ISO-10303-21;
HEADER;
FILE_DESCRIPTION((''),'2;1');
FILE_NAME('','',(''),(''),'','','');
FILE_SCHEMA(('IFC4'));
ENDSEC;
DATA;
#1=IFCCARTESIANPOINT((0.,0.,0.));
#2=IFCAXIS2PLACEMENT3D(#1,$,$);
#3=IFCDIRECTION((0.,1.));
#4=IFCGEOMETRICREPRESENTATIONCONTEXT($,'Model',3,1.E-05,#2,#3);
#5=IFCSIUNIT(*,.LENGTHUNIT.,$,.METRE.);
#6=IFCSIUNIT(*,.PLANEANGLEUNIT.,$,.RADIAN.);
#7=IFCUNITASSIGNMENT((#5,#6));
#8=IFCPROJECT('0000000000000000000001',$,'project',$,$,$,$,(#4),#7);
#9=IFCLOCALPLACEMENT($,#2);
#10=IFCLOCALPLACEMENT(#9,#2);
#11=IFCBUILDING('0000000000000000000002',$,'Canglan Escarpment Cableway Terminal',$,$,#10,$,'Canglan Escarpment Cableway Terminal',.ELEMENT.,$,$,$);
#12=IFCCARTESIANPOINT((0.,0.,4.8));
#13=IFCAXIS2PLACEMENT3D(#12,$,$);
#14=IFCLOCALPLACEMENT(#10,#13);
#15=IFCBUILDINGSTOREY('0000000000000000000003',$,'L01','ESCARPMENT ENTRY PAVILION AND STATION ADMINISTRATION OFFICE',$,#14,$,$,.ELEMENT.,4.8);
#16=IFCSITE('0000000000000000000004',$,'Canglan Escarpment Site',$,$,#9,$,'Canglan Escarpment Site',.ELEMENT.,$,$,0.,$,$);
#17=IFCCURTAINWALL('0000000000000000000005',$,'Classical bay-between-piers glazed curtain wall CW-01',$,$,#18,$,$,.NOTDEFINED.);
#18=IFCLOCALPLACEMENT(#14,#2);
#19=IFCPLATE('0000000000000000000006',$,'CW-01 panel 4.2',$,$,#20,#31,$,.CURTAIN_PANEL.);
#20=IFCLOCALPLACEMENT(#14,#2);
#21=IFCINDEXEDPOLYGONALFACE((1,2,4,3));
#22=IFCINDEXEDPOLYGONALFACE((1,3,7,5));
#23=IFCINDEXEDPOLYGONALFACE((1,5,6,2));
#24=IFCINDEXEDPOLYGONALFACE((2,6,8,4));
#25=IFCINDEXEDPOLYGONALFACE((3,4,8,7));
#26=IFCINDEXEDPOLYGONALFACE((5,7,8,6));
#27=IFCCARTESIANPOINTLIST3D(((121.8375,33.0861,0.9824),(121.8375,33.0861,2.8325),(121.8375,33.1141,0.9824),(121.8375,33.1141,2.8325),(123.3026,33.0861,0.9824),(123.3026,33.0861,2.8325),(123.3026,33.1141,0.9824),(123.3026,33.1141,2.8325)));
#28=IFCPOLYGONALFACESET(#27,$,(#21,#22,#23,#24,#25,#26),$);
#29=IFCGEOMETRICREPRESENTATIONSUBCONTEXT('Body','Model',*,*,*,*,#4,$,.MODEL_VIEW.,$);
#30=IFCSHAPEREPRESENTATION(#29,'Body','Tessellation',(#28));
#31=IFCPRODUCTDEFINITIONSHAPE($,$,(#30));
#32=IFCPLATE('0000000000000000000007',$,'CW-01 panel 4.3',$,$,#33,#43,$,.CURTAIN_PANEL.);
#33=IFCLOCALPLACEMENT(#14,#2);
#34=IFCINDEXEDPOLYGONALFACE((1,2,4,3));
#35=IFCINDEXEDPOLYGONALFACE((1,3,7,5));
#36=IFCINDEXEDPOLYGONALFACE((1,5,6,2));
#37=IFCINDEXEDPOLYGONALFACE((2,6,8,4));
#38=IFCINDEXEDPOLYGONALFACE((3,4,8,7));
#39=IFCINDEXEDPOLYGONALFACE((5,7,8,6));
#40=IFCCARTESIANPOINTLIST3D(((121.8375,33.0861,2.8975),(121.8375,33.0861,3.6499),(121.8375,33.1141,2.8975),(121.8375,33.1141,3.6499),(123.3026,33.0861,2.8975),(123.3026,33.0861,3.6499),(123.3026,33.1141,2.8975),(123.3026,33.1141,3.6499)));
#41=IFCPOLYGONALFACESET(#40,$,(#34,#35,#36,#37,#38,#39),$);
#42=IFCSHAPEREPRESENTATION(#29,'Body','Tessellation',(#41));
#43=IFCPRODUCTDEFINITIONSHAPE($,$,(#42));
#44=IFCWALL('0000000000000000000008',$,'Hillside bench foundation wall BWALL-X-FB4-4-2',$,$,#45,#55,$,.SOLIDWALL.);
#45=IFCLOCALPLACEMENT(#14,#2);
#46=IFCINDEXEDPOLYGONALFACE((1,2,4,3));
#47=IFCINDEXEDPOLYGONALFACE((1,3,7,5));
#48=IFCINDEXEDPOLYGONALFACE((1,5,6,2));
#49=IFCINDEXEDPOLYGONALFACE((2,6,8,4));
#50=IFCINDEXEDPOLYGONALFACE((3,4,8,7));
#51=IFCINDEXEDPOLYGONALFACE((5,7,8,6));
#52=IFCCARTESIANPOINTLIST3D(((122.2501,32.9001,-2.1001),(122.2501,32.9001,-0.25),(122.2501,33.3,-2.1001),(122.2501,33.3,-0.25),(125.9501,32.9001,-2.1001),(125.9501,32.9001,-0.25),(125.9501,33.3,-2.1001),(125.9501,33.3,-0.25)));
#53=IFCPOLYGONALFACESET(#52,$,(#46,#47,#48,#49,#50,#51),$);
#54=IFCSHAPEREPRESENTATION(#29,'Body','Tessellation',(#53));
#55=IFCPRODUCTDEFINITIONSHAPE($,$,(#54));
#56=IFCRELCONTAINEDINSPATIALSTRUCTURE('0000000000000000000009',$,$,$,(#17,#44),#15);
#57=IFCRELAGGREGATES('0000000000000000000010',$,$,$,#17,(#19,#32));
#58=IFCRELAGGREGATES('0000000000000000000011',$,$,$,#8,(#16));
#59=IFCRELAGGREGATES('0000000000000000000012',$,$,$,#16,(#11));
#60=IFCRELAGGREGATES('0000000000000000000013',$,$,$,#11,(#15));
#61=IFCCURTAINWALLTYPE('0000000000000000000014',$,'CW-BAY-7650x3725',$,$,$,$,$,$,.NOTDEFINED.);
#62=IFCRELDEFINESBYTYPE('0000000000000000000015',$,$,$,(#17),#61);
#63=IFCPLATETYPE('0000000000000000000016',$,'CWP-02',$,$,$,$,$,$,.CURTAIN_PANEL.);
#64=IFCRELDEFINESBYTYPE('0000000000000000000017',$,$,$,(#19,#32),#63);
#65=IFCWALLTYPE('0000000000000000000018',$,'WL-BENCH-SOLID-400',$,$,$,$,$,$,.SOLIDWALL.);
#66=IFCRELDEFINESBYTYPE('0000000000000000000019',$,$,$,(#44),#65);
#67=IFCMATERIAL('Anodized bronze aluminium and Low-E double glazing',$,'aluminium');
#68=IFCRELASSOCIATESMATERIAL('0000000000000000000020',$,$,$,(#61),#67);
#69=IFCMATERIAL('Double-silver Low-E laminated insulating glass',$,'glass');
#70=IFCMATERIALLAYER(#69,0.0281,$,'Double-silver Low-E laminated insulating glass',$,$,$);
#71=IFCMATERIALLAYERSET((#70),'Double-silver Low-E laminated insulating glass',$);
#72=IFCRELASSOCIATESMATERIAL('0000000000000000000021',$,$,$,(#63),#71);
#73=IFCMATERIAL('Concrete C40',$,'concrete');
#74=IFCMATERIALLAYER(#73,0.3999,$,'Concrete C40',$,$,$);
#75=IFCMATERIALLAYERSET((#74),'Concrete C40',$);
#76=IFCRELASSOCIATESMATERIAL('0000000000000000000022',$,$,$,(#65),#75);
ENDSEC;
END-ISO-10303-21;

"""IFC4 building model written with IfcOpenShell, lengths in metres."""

from ifc_helpers import new_model, si_unit, direction, frame, frame_2d, origin, origin_2d, place, context, subcontext, project, spatial, rectangle, extrude, material, layer, layer_set, type_object, element, aggregate, save


model = new_model("IFC4")

# Units and contexts
model_context = context("Model", 3, precision=1e-05, world=origin(), true_north=direction((0.0, 1.0)))
body_context = subcontext(model_context, "Body", "Model", "MODEL_VIEW")
ifc_project = project(units=[si_unit("LENGTHUNIT", "METRE"), si_unit("PLANEANGLEUNIT", "RADIAN")], contexts=[model_context])

# Site, building, storey
site_placement = place(None, origin())
site = spatial("IfcSite", under=ifc_project, at=site_placement, Name="Canglan Escarpment Site", LongName="Canglan Escarpment Site", CompositionType="ELEMENT", RefElevation=0.0)
building_placement = place(site_placement, origin())
building = spatial("IfcBuilding", under=site, at=building_placement, Name="Canglan Escarpment Cableway Terminal", LongName="Canglan Escarpment Cableway Terminal", CompositionType="ELEMENT")
storey_placement = place(building_placement, frame((0.0, 0.0, 4.8)))
storey = spatial("IfcBuildingStorey", under=building, at=storey_placement, Name="L01", Description="ESCARPMENT ENTRY PAVILION AND STATION ADMINISTRATION OFFICE", CompositionType="ELEMENT", Elevation=4.8)

# Shared definitions
ifc_material_1 = material(Name="Concrete C40", Category="concrete")

# Curtain wall, plates
ifc_material_2 = material(Name="Anodized bronze aluminium and Low-E double glazing", Category="aluminium")
curtain_wall_type = type_object("IfcCurtainWallType", Name="CW-BAY-7650x3725", PredefinedType="NOTDEFINED", material=ifc_material_2)
curtain_wall_placement = place(storey_placement, origin())
curtain_wall = element("IfcCurtainWall", 1, at=curtain_wall_placement, inside=storey, type_object=curtain_wall_type, Name="Classical bay-between-piers glazed curtain wall CW-01", PredefinedType="NOTDEFINED")
ifc_material_3 = material(Name="Double-silver Low-E laminated insulating glass", Category="glass")
ifc_layer_1 = layer(ifc_material_3, 0.0281, Name="Double-silver Low-E laminated insulating glass")
ifc_layer_set_1 = layer_set([ifc_layer_1], Name="Double-silver Low-E laminated insulating glass")
plate_type = type_object("IfcPlateType", Name="CWP-02", PredefinedType="CURTAIN_PANEL", material=ifc_layer_set_1)
plate_1_placement = place(storey_placement, frame((122.5701, 33.1001, 0.9824), z_axis=(0.0, 0.0, 1.0), x_axis=(-1.0, 0.0, 0.0)))
plate_1 = element("IfcPlate", 2, at=plate_1_placement, type_object=plate_type, Name="CW-01 panel 4.2", PredefinedType="CURTAIN_PANEL", context=body_context, shape_type="SweptSolid", body=[
    extrude(rectangle(XDim=1.4651, YDim=0.0281, at=origin_2d()), origin(), (0.0, 0.0, 1.0), 1.8501),
])
plate_2_placement = place(storey_placement, frame((122.5701, 33.1001, 2.8975), z_axis=(0.0, 0.0, 1.0), x_axis=(-1.0, 0.0, 0.0)))
plate_2 = element("IfcPlate", 3, at=plate_2_placement, type_object=plate_type, Name="CW-01 panel 4.3", PredefinedType="CURTAIN_PANEL", context=body_context, shape_type="SweptSolid", body=[
    extrude(rectangle(XDim=1.4651, YDim=0.0281, at=origin_2d()), origin(), (0.0, 0.0, 1.0), 0.7524),
])
aggregate(curtain_wall, [plate_1, plate_2])

# Wall
ifc_layer_2 = layer(ifc_material_1, 0.3999, Name="Concrete C40")
ifc_layer_set_2 = layer_set([ifc_layer_2], Name="Concrete C40")
wall_type = type_object("IfcWallType", Name="WL-BENCH-SOLID-400", PredefinedType="SOLIDWALL", material=ifc_layer_set_2)
wall_placement = place(storey_placement, frame((122.25, 33.1001, -2.1001), z_axis=(0.0, 0.0, 1.0), x_axis=(1.0, 0.0, 0.0)))
element("IfcWall", 4, at=wall_placement, inside=storey, type_object=wall_type, Name="Hillside bench foundation wall BWALL-X-FB4-4-2", PredefinedType="SOLIDWALL", context=body_context, shape_type="SweptSolid", body=[
    extrude(rectangle(XDim=3.7, YDim=0.3999, at=frame_2d((1.8501, 0.0))), origin(), (0.0, 0.0, 1.0), 1.8501),
])

save(model, "model.ifc")
